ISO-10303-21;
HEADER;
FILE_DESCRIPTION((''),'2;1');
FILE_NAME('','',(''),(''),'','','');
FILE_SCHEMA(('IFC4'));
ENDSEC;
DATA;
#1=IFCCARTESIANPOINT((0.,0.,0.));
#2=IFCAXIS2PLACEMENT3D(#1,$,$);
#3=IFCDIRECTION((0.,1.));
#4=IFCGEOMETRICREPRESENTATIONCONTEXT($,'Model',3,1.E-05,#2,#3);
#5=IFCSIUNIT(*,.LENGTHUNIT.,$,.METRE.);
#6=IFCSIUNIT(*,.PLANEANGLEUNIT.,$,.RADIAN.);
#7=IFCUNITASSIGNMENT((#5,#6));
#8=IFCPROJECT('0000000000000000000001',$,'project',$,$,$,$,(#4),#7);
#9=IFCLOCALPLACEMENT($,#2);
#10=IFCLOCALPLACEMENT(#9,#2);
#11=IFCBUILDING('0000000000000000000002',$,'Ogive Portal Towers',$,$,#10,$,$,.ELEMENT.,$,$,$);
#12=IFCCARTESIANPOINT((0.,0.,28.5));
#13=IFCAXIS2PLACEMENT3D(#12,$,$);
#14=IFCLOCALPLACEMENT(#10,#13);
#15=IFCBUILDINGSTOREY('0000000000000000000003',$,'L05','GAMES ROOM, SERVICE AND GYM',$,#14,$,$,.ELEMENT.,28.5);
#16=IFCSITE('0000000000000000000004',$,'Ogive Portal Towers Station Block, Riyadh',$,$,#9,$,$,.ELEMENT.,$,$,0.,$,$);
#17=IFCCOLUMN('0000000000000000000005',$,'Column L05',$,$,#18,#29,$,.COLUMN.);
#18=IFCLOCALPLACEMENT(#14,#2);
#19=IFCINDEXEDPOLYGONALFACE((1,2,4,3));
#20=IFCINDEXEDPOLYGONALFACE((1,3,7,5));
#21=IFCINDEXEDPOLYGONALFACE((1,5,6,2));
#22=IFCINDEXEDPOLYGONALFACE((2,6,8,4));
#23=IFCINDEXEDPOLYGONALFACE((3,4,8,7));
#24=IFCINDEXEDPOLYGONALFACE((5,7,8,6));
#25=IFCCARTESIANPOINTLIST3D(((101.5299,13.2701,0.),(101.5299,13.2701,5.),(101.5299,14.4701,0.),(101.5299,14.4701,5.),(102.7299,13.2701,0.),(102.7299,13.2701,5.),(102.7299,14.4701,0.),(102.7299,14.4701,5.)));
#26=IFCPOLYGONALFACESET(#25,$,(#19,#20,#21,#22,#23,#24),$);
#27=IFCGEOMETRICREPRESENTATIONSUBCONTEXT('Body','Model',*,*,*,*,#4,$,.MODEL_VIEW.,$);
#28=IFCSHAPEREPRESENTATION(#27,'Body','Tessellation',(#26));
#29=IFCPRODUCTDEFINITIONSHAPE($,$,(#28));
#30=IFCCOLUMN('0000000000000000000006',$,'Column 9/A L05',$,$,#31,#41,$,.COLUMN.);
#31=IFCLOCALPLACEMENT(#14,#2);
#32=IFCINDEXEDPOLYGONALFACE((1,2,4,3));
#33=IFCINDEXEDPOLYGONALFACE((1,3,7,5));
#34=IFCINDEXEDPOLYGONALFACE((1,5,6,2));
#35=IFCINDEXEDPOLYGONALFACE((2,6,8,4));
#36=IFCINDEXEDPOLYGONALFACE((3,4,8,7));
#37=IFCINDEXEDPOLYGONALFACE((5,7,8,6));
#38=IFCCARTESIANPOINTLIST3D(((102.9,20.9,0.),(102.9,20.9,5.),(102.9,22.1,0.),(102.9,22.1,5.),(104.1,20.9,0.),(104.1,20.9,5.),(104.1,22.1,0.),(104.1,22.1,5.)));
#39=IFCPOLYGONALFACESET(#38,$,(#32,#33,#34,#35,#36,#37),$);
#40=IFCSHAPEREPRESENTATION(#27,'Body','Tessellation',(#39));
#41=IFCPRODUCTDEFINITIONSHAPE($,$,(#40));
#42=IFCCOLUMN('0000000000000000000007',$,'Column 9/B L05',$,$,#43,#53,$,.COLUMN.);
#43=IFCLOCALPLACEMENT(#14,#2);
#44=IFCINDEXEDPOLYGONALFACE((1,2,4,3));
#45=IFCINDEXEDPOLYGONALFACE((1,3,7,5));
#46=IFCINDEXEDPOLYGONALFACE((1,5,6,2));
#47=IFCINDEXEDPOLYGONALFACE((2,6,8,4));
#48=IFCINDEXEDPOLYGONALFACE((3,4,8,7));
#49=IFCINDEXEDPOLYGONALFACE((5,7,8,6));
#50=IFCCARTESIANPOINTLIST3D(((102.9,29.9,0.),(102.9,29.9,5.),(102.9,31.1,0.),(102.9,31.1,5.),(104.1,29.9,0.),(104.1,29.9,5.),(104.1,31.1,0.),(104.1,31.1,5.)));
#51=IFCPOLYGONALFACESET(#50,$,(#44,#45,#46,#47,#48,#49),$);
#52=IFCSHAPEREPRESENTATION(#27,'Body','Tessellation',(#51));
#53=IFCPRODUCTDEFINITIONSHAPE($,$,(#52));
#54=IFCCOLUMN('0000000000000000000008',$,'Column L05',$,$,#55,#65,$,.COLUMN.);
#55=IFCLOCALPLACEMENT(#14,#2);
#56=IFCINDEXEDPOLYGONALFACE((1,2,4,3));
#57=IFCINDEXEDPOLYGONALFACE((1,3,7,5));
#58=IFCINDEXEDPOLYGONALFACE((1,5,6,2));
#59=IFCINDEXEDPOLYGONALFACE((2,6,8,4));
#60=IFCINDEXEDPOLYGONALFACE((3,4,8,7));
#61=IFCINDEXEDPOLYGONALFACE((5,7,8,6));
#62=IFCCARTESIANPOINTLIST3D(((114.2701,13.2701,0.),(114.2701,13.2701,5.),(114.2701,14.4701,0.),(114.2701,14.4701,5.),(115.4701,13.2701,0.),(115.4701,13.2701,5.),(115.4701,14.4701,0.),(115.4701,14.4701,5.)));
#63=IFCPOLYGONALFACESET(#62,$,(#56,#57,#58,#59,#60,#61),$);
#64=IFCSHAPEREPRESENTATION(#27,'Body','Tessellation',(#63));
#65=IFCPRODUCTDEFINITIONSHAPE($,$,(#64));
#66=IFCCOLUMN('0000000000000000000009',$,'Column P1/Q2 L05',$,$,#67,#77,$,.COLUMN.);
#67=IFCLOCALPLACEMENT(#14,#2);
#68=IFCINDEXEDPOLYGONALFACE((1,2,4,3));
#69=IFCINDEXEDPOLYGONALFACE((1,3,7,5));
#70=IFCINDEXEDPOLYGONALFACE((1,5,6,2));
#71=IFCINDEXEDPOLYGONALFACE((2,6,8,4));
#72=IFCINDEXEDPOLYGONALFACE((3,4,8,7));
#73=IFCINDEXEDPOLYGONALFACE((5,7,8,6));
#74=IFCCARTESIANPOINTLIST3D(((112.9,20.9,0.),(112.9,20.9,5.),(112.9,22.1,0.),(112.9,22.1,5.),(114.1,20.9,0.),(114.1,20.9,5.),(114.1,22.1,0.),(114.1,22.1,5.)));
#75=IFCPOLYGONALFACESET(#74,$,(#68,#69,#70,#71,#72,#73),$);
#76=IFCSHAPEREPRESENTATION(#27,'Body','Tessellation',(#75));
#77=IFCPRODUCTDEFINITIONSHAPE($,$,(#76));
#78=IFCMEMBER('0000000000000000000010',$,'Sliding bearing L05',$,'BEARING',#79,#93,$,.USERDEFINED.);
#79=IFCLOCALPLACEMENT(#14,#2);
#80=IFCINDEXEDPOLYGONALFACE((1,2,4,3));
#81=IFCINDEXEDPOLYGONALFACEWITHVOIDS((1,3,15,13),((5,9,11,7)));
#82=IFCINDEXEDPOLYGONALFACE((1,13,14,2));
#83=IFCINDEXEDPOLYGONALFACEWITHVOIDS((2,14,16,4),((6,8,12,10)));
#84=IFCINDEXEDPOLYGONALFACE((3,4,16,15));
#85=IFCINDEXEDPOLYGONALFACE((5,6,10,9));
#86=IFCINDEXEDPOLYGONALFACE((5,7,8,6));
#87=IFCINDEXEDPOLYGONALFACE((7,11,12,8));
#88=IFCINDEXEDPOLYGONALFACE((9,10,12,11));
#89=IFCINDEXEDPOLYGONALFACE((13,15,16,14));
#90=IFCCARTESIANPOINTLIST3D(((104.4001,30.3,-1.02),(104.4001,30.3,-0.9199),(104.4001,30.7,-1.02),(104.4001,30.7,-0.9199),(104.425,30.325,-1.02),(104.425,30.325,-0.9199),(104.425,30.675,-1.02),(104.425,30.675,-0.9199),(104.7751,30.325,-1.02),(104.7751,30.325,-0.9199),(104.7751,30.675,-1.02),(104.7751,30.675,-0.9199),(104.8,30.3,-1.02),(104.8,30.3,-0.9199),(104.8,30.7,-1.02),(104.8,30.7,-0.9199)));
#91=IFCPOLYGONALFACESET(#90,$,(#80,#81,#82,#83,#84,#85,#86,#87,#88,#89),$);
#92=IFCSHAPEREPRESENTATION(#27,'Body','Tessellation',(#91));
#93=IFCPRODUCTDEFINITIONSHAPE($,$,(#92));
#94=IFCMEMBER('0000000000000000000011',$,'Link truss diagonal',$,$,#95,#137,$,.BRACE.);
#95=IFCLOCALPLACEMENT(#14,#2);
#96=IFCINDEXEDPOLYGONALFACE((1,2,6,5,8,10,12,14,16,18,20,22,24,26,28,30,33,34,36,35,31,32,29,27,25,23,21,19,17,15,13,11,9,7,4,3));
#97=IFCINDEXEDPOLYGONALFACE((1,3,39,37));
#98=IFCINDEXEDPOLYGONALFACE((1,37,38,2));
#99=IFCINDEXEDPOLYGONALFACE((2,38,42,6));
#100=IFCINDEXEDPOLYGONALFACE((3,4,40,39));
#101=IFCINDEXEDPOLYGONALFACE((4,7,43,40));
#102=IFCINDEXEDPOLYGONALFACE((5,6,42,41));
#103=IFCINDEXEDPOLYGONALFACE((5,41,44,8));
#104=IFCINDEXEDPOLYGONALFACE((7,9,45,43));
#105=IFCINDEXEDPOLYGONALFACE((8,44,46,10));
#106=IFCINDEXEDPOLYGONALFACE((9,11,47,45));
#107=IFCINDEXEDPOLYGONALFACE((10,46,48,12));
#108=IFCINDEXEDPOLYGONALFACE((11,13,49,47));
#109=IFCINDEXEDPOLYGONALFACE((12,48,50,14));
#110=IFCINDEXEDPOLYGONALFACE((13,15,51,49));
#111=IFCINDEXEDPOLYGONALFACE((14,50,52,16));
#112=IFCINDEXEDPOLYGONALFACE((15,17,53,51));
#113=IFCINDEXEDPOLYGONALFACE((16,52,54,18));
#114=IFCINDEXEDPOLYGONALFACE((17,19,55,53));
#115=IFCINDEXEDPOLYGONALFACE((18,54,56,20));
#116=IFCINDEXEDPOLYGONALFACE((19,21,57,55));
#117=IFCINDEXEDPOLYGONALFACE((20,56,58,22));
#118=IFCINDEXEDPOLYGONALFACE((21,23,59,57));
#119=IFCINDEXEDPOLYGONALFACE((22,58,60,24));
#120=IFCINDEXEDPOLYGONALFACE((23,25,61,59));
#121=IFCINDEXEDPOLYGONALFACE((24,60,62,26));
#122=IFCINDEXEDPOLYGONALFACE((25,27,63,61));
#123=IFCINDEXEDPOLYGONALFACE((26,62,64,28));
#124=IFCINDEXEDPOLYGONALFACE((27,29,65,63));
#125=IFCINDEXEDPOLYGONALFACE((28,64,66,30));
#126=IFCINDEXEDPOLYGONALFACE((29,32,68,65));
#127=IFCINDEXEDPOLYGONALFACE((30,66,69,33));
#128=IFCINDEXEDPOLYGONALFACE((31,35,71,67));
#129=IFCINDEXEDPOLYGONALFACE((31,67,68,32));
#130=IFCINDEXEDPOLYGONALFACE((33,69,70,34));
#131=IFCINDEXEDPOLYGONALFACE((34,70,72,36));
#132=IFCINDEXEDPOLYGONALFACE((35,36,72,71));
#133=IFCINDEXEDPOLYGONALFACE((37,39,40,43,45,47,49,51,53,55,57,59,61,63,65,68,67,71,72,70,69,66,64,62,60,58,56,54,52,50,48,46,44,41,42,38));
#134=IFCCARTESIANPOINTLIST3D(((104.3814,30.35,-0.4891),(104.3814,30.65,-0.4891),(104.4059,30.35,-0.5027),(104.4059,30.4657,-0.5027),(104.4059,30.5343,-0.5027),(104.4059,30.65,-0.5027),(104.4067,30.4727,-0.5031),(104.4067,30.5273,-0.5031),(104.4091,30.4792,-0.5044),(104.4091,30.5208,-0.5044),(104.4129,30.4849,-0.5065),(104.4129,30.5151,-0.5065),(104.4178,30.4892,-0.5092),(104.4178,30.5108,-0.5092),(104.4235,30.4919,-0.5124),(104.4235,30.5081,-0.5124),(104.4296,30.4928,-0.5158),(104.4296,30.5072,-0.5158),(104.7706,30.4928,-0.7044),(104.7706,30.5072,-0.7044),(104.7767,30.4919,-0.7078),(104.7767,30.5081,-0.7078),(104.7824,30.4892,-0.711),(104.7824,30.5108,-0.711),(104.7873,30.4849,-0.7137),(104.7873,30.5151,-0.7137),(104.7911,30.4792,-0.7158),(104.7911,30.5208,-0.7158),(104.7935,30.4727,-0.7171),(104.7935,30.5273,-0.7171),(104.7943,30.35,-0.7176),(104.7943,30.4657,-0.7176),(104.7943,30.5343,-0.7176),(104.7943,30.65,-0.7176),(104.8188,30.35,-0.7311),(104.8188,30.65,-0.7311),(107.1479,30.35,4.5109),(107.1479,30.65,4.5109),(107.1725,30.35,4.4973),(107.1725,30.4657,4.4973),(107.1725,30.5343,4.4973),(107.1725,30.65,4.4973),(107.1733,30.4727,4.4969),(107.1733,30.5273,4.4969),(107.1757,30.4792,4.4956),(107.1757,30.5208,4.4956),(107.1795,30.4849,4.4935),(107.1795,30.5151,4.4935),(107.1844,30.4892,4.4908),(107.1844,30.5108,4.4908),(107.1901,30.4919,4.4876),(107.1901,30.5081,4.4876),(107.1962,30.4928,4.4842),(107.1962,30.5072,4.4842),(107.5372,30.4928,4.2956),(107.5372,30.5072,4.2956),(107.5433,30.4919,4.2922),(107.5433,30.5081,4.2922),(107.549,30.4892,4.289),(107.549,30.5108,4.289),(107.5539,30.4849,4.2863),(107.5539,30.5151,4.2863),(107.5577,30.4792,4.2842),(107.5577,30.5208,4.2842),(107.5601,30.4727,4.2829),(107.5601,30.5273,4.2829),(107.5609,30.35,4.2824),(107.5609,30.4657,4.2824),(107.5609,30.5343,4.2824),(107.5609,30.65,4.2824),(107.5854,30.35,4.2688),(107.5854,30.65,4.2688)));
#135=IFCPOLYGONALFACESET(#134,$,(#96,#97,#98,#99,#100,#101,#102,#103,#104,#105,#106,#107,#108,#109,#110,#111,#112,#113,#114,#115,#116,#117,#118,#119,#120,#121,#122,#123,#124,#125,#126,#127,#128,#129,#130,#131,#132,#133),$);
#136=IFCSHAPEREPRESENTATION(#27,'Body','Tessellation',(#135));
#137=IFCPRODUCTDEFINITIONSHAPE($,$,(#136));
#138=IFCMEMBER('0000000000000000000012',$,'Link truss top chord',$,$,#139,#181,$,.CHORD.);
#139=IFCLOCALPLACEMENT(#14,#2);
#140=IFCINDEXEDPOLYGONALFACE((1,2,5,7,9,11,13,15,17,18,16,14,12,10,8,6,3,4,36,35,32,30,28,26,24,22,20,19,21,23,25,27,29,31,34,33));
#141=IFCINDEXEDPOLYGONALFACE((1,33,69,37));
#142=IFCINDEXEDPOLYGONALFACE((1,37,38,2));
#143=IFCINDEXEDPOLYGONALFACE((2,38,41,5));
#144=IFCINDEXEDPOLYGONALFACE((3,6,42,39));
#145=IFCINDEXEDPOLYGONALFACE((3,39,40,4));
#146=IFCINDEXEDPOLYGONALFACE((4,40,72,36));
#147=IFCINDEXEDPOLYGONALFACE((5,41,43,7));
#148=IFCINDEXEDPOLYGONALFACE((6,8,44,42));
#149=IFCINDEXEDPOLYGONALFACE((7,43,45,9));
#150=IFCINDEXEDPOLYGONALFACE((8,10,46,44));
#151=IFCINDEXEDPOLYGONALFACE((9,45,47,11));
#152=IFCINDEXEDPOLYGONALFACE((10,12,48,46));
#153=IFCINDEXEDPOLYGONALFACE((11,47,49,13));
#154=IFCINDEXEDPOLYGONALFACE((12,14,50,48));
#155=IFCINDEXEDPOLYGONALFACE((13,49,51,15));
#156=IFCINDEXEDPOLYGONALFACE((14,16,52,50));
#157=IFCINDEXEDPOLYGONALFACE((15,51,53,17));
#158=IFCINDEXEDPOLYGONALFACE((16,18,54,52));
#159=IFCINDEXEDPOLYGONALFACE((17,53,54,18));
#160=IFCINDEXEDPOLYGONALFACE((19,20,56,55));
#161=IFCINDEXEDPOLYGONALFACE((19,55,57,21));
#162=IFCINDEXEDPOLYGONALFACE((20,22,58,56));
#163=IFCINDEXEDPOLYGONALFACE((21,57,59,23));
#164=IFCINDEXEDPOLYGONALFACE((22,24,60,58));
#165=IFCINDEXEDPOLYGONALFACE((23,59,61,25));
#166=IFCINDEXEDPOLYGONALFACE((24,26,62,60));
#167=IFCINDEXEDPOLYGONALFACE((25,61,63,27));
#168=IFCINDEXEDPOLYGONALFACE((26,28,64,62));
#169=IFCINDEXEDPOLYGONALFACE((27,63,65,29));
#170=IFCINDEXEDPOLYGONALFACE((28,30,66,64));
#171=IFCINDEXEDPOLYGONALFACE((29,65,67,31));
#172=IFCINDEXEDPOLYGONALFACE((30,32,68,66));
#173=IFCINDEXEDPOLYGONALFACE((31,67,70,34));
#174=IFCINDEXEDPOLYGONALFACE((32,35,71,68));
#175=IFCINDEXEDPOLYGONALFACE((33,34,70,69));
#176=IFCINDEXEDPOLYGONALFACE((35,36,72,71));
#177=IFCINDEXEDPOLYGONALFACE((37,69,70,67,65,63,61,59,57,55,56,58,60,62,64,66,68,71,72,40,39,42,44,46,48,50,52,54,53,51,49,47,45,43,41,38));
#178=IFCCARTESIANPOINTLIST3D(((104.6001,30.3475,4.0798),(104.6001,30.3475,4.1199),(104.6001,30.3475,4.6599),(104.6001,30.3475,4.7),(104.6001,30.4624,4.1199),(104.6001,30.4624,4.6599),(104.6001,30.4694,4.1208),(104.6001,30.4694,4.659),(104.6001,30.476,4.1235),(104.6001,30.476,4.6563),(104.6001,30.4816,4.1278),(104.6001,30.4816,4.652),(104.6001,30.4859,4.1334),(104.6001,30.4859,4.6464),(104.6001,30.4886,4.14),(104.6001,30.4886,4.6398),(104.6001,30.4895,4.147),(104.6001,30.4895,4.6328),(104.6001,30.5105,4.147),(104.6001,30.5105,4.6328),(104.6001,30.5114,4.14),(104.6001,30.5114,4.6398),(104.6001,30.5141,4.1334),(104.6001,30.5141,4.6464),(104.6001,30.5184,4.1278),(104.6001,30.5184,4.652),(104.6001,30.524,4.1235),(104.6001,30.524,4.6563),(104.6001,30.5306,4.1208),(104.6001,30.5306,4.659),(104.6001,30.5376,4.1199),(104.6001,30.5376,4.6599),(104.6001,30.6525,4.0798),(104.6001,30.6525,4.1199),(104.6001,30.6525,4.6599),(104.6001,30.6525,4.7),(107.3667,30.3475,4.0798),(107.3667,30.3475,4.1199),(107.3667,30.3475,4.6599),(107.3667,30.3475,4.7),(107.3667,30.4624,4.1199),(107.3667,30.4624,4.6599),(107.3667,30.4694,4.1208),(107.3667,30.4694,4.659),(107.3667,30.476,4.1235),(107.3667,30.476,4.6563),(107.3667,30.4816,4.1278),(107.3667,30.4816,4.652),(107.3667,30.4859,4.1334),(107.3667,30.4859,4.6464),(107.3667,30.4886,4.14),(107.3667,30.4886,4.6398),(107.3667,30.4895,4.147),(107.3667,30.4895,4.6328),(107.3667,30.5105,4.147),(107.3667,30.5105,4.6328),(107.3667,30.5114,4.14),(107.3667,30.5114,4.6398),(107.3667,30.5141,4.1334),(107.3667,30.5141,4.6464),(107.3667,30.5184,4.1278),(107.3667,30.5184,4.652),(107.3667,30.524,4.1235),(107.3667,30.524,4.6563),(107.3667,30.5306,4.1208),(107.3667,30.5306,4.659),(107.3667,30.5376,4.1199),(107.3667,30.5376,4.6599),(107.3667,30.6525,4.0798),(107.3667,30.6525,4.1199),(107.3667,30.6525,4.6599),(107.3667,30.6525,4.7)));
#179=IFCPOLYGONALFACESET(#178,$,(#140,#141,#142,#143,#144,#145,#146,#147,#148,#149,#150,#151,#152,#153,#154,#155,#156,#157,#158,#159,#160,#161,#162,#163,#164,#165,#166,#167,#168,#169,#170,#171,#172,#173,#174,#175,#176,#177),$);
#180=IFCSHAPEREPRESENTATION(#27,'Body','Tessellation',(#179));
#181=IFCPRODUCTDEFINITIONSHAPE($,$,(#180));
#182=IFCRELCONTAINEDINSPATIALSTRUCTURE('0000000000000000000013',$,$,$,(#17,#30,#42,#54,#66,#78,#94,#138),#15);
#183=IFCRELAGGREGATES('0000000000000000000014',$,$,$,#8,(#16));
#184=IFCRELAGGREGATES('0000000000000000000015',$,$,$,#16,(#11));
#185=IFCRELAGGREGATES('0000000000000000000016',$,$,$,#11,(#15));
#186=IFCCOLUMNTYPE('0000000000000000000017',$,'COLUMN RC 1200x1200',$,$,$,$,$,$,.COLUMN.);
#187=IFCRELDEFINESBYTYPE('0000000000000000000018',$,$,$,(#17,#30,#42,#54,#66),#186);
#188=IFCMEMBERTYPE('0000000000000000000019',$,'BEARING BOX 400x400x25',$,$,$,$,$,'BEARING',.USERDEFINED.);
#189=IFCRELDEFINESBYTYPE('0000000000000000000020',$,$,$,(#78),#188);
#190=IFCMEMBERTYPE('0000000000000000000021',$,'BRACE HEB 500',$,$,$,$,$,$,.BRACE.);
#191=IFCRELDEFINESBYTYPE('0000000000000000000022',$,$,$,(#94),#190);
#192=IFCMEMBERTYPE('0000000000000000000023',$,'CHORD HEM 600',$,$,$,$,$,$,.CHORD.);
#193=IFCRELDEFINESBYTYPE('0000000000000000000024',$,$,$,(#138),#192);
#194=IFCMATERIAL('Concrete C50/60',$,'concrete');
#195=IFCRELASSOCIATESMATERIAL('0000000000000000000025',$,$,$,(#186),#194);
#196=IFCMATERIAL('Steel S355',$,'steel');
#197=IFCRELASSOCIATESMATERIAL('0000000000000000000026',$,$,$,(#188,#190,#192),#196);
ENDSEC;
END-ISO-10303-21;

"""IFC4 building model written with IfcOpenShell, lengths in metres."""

from ifc_helpers import new_model, si_unit, direction, frame, origin, origin_2d, place, context, subcontext, project, spatial, rectangle, hollow_rectangle, i_section, extrude, material, material_profile, profile_set, type_object, element, save


model = new_model("IFC4")

# Units and contexts
model_context = context("Model", 3, precision=1e-05, world=origin(), true_north=direction((0.0, 1.0)))
body_context = subcontext(model_context, "Body", "Model", "MODEL_VIEW")
ifc_project = project(units=[si_unit("LENGTHUNIT", "METRE"), si_unit("PLANEANGLEUNIT", "RADIAN")], contexts=[model_context])

# Site, building, storey
site_placement = place(None, origin())
site = spatial("IfcSite", under=ifc_project, at=site_placement, Name="Ogive Portal Towers Station Block, Riyadh", CompositionType="ELEMENT", RefElevation=0.0)
building_placement = place(site_placement, origin())
building = spatial("IfcBuilding", under=site, at=building_placement, Name="Ogive Portal Towers", CompositionType="ELEMENT")
storey_placement = place(building_placement, frame((0.0, 0.0, 28.5)))
storey = spatial("IfcBuildingStorey", under=building, at=storey_placement, Name="L05", Description="GAMES ROOM, SERVICE AND GYM", CompositionType="ELEMENT", Elevation=28.5)

# Columns
ifc_material_1 = material(Name="Concrete C50/60", Category="concrete")
ifc_material_profile_1 = material_profile(ifc_material_1, rectangle(XDim=1.2, YDim=1.2, at=origin_2d()), Name="RC 1200x1200")
ifc_profile_set_1 = profile_set([ifc_material_profile_1], Name="Concrete C50/60")
column_type = type_object("IfcColumnType", Name="COLUMN RC 1200x1200", PredefinedType="COLUMN", material=ifc_profile_set_1)
for number, where, z_axis, x_axis, name in (
    (1, (102.1299, 13.8701, 0.0), (0.0, 0.0, 1.0), (1.0, 0.0, 0.0), "Column L05"),
    (2, (103.5, 21.5, 0.0), (0.0, 0.0, 1.0), (1.0, 0.0, 0.0), "Column 9/A L05"),
    (3, (103.5, 30.5, 0.0), (0.0, 0.0, 1.0), (1.0, 0.0, 0.0), "Column 9/B L05"),
    (4, (114.8701, 13.8701, 0.0), (0.0, 0.0, 1.0), (1.0, 0.0, 0.0), "Column L05"),
    (5, (113.5, 21.5, 0.0), (0.0, 0.0, 1.0), (1.0, 0.0, 0.0), "Column P1/Q2 L05"),
):
    element("IfcColumn", number, at=place(storey_placement, frame(where, z_axis=z_axis, x_axis=x_axis)), inside=storey, type_object=column_type, Name=name, PredefinedType="COLUMN", context=body_context, shape_type="SweptSolid", body=[
        extrude(rectangle(XDim=1.2, YDim=1.2, at=origin_2d()), origin(), (0.0, 0.0, 1.0), 5.0),
    ])

# Members
ifc_material_2 = material(Name="Steel S355", Category="steel")
ifc_material_profile_2 = material_profile(ifc_material_2, hollow_rectangle(XDim=0.3999, YDim=0.3999, WallThickness=0.0249, at=origin_2d()), Name="BOX 400x400x25")
ifc_profile_set_2 = profile_set([ifc_material_profile_2], Name="Steel S355")
member_type_1 = type_object("IfcMemberType", Name="BEARING BOX 400x400x25", ElementType="BEARING", PredefinedType="USERDEFINED", material=ifc_profile_set_2)
member_1_placement = place(storey_placement, frame((104.6001, 30.5, -1.02), z_axis=(0.0, 0.0, 1.0), x_axis=(1.0, 0.0, 0.0)))
element("IfcMember", 6, at=member_1_placement, inside=storey, type_object=member_type_1, Name="Sliding bearing L05", ObjectType="BEARING", PredefinedType="USERDEFINED", context=body_context, shape_type="SweptSolid", body=[
    extrude(hollow_rectangle(XDim=0.3999, YDim=0.3999, WallThickness=0.0249, at=origin_2d()), origin(), (0.0, 0.0, 1.0), 0.1001),
])
ifc_material_profile_3 = material_profile(ifc_material_2, i_section(OverallWidth=0.3, OverallDepth=0.5, WebThickness=0.0144, FlangeThickness=0.0281, FilletRadius=0.0271, at=origin_2d()), Name="HEB 500")
ifc_profile_set_3 = profile_set([ifc_material_profile_3], Name="Steel S355")
member_type_2 = type_object("IfcMemberType", Name="BRACE HEB 500", PredefinedType="BRACE", material=ifc_profile_set_3)
member_2_placement = place(storey_placement, frame((104.6001, 30.5, -0.6101), z_axis=(0.484148, 0.0, 0.874986), x_axis=(0.0, 1.0, 0.0)))
element("IfcMember", 7, at=member_2_placement, inside=storey, type_object=member_type_2, Name="Link truss diagonal", PredefinedType="BRACE", context=body_context, shape_type="SweptSolid", body=[
    extrude(i_section(OverallWidth=0.3, OverallDepth=0.5, WebThickness=0.0144, FlangeThickness=0.0281, FilletRadius=0.0271, at=origin_2d()), origin(), (0.0, 0.0, 1.0), 5.7144),
])
ifc_material_profile_4 = material_profile(ifc_material_2, i_section(OverallWidth=0.3049, OverallDepth=0.6201, WebThickness=0.021, FlangeThickness=0.04, FilletRadius=0.0271, at=origin_2d()), Name="HEM 600")
ifc_profile_set_4 = profile_set([ifc_material_profile_4], Name="Steel S355")
member_type_3 = type_object("IfcMemberType", Name="CHORD HEM 600", PredefinedType="CHORD", material=ifc_profile_set_4)
member_3_placement = place(storey_placement, frame((104.6001, 30.5, 4.3899), z_axis=(1.0, 0.0, 0.0), x_axis=(0.0, 1.0, 0.0)))
element("IfcMember", 8, at=member_3_placement, inside=storey, type_object=member_type_3, Name="Link truss top chord", PredefinedType="CHORD", context=body_context, shape_type="SweptSolid", body=[
    extrude(i_section(OverallWidth=0.3049, OverallDepth=0.6201, WebThickness=0.021, FlangeThickness=0.04, FilletRadius=0.0271, at=origin_2d()), origin(), (0.0, 0.0, 1.0), 2.7666),
])

save(model, "model.ifc")
